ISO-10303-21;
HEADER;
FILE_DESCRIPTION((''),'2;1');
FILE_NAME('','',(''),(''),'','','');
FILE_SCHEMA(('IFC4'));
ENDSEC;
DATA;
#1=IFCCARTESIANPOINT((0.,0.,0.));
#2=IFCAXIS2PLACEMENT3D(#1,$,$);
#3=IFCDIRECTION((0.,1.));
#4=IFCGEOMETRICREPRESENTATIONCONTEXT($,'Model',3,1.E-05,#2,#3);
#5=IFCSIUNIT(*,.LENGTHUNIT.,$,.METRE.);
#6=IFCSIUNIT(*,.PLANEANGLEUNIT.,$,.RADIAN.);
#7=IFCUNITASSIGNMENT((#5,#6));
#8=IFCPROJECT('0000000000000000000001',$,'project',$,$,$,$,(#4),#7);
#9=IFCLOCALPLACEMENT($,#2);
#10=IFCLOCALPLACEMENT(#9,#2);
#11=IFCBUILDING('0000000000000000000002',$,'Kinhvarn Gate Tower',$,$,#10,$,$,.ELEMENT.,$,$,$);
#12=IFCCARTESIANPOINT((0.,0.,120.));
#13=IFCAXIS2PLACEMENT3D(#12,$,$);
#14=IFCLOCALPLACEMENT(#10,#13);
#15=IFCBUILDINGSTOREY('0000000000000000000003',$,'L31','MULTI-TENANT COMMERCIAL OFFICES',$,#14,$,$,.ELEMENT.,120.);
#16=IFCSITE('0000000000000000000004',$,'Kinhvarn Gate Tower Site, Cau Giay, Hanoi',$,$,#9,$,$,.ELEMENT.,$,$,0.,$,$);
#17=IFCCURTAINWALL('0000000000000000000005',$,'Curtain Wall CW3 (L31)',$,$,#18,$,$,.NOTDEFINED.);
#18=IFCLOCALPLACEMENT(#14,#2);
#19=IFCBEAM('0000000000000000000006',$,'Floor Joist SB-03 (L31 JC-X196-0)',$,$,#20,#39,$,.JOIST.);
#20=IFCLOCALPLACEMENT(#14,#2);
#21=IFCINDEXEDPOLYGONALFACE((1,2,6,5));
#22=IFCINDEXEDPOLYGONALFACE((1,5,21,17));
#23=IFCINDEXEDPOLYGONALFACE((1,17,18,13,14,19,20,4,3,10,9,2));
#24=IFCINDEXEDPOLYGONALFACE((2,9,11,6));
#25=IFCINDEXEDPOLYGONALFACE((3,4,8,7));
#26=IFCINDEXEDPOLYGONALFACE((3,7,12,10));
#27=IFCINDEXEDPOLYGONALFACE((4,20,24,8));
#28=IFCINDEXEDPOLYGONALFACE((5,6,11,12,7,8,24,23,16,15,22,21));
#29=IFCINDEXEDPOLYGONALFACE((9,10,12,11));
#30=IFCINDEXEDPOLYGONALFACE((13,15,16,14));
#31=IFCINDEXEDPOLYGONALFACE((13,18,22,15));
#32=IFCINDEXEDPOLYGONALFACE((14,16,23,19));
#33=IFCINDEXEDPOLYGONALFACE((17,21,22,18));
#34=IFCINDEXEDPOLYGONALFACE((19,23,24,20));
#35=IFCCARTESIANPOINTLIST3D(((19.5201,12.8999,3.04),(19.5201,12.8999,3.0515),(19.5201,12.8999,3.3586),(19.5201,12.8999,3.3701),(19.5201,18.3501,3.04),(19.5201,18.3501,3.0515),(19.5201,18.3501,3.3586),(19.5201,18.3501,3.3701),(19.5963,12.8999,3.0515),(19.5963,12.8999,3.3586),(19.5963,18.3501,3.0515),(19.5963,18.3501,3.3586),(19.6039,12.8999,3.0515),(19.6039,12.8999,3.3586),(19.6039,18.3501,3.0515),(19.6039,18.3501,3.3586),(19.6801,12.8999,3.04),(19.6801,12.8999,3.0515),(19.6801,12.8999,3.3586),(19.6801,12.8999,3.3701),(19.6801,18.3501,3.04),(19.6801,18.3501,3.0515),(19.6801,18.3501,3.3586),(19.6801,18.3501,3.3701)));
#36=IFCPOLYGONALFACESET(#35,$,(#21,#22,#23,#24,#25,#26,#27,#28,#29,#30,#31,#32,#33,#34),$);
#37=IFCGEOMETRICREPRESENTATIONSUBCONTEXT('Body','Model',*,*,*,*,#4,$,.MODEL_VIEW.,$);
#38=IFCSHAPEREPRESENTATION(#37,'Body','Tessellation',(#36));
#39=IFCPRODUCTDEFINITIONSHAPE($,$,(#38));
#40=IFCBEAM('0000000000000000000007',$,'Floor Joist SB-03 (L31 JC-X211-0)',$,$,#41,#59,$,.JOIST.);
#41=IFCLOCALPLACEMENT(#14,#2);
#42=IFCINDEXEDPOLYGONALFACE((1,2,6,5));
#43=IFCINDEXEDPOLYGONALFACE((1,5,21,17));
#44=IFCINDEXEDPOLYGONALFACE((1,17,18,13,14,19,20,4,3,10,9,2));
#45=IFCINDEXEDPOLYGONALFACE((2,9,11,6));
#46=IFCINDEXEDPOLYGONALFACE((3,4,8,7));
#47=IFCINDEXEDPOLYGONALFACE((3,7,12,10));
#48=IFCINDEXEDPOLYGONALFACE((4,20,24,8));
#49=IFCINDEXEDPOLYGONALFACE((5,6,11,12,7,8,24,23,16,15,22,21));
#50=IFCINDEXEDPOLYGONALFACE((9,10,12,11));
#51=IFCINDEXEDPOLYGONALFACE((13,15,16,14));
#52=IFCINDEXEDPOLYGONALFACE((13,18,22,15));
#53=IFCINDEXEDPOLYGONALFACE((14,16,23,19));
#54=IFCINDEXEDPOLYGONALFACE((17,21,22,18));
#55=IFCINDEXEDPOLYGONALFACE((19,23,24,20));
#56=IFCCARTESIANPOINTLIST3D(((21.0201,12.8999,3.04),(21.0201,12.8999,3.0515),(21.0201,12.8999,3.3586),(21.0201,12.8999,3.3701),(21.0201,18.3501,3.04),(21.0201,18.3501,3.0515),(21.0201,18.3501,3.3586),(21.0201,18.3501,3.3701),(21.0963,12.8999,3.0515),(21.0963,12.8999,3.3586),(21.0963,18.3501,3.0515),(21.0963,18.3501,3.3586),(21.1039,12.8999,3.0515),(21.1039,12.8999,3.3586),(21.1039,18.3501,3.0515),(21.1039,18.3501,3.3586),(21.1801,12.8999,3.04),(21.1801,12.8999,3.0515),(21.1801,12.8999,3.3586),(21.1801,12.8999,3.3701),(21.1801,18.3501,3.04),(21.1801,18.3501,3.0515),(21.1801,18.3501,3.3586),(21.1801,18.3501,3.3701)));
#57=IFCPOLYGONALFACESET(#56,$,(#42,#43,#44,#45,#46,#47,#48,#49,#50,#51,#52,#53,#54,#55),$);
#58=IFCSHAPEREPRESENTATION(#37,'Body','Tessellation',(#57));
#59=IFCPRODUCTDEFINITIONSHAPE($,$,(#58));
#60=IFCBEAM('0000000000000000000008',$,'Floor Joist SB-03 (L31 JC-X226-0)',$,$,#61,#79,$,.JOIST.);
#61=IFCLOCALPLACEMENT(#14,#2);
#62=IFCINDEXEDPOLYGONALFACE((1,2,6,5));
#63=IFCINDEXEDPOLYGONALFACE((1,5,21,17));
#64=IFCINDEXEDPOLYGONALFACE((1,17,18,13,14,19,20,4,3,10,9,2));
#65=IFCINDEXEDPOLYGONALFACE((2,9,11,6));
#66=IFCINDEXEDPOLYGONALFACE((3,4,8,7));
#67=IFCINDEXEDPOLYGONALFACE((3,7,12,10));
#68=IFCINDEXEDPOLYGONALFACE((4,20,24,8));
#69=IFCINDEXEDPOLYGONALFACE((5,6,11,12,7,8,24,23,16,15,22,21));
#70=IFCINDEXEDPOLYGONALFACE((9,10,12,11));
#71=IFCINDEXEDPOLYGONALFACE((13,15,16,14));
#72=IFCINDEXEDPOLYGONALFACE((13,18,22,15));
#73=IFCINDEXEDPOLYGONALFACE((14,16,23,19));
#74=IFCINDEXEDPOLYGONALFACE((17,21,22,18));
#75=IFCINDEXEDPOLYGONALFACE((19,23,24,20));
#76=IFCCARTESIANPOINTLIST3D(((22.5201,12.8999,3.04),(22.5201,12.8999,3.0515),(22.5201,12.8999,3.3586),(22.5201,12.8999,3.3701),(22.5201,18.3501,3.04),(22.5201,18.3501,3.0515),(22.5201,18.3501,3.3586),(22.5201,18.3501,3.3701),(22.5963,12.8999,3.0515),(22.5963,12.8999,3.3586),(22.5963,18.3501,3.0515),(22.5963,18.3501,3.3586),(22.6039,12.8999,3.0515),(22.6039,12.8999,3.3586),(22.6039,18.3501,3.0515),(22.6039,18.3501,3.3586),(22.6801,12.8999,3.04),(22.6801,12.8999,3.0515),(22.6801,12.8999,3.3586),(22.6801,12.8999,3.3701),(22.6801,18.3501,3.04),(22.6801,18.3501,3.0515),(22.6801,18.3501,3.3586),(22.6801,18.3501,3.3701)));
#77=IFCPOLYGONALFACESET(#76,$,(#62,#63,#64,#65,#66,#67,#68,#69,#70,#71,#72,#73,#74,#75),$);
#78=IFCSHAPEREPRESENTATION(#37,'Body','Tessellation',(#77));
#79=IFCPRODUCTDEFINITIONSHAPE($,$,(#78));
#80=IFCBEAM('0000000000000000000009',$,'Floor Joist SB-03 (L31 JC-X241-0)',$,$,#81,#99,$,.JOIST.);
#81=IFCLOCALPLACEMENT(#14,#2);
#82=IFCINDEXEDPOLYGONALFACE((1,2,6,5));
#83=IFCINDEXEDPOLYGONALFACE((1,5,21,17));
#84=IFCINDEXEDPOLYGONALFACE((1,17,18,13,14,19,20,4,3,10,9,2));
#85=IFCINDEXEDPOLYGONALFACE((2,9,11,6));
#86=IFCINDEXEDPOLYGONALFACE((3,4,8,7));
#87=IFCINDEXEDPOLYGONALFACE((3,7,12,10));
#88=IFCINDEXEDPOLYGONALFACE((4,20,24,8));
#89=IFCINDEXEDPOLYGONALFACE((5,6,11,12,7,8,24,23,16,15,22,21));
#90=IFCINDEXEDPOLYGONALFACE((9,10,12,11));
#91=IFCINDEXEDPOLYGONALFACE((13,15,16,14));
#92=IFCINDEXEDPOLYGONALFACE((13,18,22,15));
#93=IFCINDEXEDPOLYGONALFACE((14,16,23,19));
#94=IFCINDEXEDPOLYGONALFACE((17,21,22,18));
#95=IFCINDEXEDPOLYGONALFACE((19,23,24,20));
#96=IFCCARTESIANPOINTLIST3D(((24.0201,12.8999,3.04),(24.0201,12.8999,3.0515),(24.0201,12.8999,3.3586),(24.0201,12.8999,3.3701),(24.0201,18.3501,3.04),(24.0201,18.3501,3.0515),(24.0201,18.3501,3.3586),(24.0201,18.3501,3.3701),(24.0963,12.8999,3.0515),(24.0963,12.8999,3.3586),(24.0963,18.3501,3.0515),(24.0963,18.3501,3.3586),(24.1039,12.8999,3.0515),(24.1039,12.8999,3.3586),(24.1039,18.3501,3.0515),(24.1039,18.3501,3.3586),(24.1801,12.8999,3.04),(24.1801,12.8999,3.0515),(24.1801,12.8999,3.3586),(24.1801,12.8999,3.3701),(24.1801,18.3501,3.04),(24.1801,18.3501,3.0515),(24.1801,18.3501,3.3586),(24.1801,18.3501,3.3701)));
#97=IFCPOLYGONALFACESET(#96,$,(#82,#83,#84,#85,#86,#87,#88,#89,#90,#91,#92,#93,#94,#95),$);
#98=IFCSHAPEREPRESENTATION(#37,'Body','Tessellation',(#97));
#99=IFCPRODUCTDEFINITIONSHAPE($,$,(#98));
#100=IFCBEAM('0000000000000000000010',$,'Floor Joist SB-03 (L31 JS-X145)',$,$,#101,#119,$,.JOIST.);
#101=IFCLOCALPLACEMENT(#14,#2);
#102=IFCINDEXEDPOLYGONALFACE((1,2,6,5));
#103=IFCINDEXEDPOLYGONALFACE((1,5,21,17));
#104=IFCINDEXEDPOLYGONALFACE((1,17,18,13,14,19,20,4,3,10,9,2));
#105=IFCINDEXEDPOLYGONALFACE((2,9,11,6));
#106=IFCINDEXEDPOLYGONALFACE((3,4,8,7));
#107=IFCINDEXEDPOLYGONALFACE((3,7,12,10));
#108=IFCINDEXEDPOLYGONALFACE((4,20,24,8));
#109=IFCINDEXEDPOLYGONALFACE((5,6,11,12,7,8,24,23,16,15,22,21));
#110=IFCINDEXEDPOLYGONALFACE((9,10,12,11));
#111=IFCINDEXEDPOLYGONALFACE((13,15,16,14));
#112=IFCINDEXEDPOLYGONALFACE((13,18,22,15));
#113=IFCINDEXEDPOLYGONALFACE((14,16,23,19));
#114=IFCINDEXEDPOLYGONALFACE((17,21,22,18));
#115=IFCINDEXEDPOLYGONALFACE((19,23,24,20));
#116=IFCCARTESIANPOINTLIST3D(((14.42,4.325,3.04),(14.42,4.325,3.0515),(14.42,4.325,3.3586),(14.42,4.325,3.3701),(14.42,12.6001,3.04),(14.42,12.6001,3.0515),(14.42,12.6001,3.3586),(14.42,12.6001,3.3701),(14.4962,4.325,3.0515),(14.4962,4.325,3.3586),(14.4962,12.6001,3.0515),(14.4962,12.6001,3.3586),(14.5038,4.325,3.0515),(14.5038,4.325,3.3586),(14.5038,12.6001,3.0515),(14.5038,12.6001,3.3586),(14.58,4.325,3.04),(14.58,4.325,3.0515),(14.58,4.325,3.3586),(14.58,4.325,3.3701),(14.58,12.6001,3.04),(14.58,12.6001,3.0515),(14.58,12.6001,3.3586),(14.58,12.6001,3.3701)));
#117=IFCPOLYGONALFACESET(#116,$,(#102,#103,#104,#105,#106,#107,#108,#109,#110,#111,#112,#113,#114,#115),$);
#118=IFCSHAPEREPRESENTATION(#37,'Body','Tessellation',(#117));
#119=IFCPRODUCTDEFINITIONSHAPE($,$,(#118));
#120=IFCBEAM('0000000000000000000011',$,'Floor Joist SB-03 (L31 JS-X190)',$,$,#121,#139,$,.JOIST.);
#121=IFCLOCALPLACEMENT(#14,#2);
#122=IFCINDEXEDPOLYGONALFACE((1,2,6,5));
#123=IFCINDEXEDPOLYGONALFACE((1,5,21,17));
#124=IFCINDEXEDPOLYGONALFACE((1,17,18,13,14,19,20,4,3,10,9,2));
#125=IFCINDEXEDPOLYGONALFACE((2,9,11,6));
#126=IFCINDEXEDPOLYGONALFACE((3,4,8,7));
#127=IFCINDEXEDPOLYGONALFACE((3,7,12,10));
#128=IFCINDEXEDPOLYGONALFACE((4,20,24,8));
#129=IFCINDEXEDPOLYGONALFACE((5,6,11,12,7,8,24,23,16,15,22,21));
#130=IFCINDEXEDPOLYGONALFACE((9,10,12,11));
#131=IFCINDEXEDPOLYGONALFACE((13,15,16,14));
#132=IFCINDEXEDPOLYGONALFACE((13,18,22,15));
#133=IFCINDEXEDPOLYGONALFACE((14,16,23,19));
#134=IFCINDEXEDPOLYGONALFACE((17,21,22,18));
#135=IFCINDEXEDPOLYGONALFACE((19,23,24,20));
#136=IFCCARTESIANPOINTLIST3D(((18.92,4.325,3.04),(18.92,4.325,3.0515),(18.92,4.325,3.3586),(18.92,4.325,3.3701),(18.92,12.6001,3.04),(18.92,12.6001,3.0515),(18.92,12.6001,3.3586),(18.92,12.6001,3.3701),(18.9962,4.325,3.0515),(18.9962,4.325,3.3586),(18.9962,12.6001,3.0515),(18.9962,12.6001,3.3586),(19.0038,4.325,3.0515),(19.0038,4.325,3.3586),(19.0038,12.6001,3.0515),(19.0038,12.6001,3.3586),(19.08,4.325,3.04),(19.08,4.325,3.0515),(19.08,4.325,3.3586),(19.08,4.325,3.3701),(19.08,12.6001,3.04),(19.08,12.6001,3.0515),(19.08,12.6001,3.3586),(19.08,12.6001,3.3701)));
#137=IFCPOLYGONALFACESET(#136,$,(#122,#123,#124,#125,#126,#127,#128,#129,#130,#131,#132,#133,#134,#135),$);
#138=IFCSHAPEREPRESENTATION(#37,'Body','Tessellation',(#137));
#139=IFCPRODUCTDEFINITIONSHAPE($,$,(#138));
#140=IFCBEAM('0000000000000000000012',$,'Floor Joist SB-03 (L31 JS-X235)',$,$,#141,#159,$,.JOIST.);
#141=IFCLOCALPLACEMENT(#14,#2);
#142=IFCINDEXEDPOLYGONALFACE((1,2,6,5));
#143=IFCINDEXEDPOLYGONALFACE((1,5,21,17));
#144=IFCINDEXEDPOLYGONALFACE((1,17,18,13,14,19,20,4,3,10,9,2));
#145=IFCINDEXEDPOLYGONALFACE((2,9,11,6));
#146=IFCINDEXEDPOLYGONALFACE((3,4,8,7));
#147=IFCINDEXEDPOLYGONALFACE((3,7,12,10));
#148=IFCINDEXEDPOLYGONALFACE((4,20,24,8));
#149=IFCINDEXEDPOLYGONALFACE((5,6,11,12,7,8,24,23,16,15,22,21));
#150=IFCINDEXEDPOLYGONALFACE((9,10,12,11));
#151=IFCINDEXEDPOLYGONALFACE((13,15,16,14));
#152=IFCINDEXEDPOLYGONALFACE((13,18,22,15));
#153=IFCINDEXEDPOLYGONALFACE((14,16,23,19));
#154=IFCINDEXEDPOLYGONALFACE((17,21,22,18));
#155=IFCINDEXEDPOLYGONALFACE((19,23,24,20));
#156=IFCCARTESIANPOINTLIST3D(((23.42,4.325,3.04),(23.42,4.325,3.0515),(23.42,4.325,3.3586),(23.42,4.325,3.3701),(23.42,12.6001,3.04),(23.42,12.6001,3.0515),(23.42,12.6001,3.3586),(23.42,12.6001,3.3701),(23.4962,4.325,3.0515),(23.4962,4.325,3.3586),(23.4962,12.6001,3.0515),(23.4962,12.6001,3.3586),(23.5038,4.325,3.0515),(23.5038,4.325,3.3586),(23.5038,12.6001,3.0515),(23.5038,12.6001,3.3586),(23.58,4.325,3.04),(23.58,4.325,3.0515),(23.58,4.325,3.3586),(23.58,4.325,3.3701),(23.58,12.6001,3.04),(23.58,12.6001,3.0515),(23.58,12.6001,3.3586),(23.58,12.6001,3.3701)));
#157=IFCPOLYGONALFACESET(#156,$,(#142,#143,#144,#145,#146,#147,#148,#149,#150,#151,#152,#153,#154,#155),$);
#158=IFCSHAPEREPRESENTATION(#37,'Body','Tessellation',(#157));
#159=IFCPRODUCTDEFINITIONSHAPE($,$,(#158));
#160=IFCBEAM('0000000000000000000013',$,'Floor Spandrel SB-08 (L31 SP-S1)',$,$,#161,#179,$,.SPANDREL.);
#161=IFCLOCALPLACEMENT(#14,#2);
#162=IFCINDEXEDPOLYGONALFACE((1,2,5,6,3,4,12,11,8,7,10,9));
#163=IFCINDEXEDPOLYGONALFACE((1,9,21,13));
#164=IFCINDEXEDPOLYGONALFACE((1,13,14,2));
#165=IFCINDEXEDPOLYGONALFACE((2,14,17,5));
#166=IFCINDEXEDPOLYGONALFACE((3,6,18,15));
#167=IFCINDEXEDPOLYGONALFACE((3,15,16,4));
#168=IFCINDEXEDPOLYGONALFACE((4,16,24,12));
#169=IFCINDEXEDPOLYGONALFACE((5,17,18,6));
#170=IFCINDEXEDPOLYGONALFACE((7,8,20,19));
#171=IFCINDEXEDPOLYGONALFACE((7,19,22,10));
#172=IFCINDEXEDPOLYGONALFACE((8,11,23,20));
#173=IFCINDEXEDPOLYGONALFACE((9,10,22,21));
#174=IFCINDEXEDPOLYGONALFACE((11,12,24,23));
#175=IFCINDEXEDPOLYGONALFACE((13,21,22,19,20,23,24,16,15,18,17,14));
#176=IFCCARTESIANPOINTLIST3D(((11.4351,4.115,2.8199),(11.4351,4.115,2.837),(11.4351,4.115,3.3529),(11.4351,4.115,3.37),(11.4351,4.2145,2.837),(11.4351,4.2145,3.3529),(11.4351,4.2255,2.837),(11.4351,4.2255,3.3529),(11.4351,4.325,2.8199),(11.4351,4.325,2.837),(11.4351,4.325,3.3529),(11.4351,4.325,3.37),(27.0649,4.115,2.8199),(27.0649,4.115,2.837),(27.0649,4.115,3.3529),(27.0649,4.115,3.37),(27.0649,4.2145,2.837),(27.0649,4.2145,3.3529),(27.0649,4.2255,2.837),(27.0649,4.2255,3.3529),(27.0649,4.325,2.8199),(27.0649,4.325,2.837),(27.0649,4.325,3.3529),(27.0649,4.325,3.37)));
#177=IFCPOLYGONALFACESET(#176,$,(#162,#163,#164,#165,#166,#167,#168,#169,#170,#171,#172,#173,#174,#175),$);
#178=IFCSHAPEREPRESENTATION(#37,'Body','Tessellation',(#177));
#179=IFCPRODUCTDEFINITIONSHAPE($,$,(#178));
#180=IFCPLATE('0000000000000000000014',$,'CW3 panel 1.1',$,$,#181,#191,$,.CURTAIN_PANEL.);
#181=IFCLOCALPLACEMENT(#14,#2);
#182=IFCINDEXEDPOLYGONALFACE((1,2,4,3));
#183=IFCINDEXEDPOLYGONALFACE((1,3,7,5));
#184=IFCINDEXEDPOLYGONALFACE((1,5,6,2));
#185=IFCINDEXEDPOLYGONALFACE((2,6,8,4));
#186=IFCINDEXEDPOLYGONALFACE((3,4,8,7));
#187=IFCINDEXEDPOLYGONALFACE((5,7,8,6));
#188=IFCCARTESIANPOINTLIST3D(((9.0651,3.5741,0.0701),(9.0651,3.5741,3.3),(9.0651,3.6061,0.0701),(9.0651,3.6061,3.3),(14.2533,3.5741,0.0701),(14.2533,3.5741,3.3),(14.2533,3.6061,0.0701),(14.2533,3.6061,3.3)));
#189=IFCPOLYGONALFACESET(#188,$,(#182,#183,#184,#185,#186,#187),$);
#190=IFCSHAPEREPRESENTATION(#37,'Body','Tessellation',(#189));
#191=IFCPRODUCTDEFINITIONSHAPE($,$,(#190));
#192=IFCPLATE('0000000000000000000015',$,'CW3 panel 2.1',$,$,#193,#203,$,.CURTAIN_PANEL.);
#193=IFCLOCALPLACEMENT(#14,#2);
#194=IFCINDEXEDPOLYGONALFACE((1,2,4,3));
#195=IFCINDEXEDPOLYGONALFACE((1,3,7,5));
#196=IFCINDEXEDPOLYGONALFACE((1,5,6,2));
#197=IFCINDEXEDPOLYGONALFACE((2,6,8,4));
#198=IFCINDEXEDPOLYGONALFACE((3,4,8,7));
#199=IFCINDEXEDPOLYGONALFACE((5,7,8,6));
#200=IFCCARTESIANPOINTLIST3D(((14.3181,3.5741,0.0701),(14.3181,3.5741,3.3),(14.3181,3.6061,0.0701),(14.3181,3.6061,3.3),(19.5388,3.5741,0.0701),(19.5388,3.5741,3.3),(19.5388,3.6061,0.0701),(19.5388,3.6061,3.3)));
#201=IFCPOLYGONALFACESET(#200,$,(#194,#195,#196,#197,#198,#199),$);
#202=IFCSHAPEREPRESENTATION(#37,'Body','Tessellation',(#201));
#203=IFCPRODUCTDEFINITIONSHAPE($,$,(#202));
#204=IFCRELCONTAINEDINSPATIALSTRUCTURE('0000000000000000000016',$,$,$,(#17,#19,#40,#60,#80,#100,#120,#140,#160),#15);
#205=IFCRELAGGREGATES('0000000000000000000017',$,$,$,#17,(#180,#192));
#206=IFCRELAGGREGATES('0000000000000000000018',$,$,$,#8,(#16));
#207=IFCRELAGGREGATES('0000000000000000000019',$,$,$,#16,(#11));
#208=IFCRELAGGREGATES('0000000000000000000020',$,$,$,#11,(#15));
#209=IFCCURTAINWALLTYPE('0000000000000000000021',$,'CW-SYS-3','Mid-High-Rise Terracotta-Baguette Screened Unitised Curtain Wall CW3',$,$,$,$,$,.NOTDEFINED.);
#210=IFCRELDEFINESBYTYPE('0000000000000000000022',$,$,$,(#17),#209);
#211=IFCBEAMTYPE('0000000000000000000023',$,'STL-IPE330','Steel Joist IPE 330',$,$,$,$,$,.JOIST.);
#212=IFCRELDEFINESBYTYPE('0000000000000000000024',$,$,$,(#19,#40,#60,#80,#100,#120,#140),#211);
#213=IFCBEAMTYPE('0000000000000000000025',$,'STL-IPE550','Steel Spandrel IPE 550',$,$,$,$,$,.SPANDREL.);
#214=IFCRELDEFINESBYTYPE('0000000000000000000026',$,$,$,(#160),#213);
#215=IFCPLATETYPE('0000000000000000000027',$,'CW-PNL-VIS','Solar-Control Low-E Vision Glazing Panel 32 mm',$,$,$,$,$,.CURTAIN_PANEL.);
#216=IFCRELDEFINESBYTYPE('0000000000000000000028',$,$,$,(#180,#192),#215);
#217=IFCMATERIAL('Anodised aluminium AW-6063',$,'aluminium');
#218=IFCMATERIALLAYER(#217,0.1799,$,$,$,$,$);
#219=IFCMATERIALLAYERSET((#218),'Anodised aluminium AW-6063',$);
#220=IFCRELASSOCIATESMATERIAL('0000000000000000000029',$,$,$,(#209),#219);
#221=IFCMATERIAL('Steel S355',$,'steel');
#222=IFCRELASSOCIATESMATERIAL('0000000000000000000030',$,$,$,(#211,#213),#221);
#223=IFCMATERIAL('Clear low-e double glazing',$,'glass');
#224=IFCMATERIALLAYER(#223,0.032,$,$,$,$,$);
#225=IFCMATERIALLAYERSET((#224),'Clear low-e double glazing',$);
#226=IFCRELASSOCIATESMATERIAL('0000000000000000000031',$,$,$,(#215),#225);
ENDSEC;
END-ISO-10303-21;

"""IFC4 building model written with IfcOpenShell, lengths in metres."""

from ifc_helpers import new_model, si_unit, direction, frame, origin, origin_2d, place, context, subcontext, project, spatial, rectangle, i_section, extrude, material, layer, layer_set, material_profile, profile_set, type_object, element, aggregate, save


model = new_model("IFC4")

# Units and contexts
model_context = context("Model", 3, precision=1e-05, world=origin(), true_north=direction((0.0, 1.0)))
body_context = subcontext(model_context, "Body", "Model", "MODEL_VIEW")
ifc_project = project(units=[si_unit("LENGTHUNIT", "METRE"), si_unit("PLANEANGLEUNIT", "RADIAN")], contexts=[model_context])

# Site, building, storey
site_placement = place(None, origin())
site = spatial("IfcSite", under=ifc_project, at=site_placement, Name="Kinhvarn Gate Tower Site, Cau Giay, Hanoi", CompositionType="ELEMENT", RefElevation=0.0)
building_placement = place(site_placement, origin())
building = spatial("IfcBuilding", under=site, at=building_placement, Name="Kinhvarn Gate Tower", CompositionType="ELEMENT")
storey_placement = place(building_placement, frame((0.0, 0.0, 120.0)))
storey = spatial("IfcBuildingStorey", under=building, at=storey_placement, Name="L31", Description="MULTI-TENANT COMMERCIAL OFFICES", CompositionType="ELEMENT", Elevation=120.0)

# Curtain wall
ifc_material_1 = material(Name="Anodised aluminium AW-6063", Category="aluminium")
ifc_layer_1 = layer(ifc_material_1, 0.1799)
ifc_layer_set_1 = layer_set([ifc_layer_1], Name="Anodised aluminium AW-6063")
curtain_wall_type = type_object("IfcCurtainWallType", Name="CW-SYS-3", Description="Mid-High-Rise Terracotta-Baguette Screened Unitised Curtain Wall CW3", PredefinedType="NOTDEFINED", material=ifc_layer_set_1)
curtain_wall_placement = place(storey_placement, origin())
curtain_wall = element("IfcCurtainWall", 1, at=curtain_wall_placement, inside=storey, type_object=curtain_wall_type, Name="Curtain Wall CW3 (L31)", PredefinedType="NOTDEFINED")

# Beams
ifc_material_2 = material(Name="Steel S355", Category="steel")
ifc_material_profile_1 = material_profile(ifc_material_2, i_section(OverallWidth=0.1599, OverallDepth=0.3301, WebThickness=0.0076, FlangeThickness=0.0115, at=origin_2d()), Name="IPE 330")
ifc_profile_set_1 = profile_set([ifc_material_profile_1], Name="Steel S355")
beam_type_1 = type_object("IfcBeamType", Name="STL-IPE330", Description="Steel Joist IPE 330", PredefinedType="JOIST", material=ifc_profile_set_1)
for number, where, z_axis, x_axis, name in (
    (2, (19.6001, 12.8999, 3.2051), (0.0, 1.0, 0.0), (-1.0, 0.0, 0.0), "Floor Joist SB-03 (L31 JC-X196-0)"),
    (3, (21.1001, 12.8999, 3.2051), (0.0, 1.0, 0.0), (-1.0, 0.0, 0.0), "Floor Joist SB-03 (L31 JC-X211-0)"),
    (4, (22.6001, 12.8999, 3.2051), (0.0, 1.0, 0.0), (-1.0, 0.0, 0.0), "Floor Joist SB-03 (L31 JC-X226-0)"),
    (5, (24.1001, 12.8999, 3.2051), (0.0, 1.0, 0.0), (-1.0, 0.0, 0.0), "Floor Joist SB-03 (L31 JC-X241-0)"),
):
    element("IfcBeam", number, at=place(storey_placement, frame(where, z_axis=z_axis, x_axis=x_axis)), inside=storey, type_object=beam_type_1, Name=name, PredefinedType="JOIST", context=body_context, shape_type="SweptSolid", body=[
        extrude(i_section(OverallWidth=0.1599, OverallDepth=0.3301, WebThickness=0.0076, FlangeThickness=0.0115, at=origin_2d()), origin(), (0.0, 0.0, 1.0), 5.4502),
    ])
for number, where, z_axis, x_axis, name in (
    (6, (14.5, 4.325, 3.2051), (0.0, 1.0, 0.0), (-1.0, 0.0, 0.0), "Floor Joist SB-03 (L31 JS-X145)"),
    (7, (19.0, 4.325, 3.2051), (0.0, 1.0, 0.0), (-1.0, 0.0, 0.0), "Floor Joist SB-03 (L31 JS-X190)"),
    (8, (23.5, 4.325, 3.2051), (0.0, 1.0, 0.0), (-1.0, 0.0, 0.0), "Floor Joist SB-03 (L31 JS-X235)"),
):
    element("IfcBeam", number, at=place(storey_placement, frame(where, z_axis=z_axis, x_axis=x_axis)), inside=storey, type_object=beam_type_1, Name=name, PredefinedType="JOIST", context=body_context, shape_type="SweptSolid", body=[
        extrude(i_section(OverallWidth=0.1599, OverallDepth=0.3301, WebThickness=0.0076, FlangeThickness=0.0115, at=origin_2d()), origin(), (0.0, 0.0, 1.0), 8.2751),
    ])
ifc_material_profile_2 = material_profile(ifc_material_2, i_section(OverallWidth=0.21, OverallDepth=0.55, WebThickness=0.011, FlangeThickness=0.0171, at=origin_2d()), Name="IPE 550")
ifc_profile_set_2 = profile_set([ifc_material_profile_2], Name="Steel S355")
beam_type_2 = type_object("IfcBeamType", Name="STL-IPE550", Description="Steel Spandrel IPE 550", PredefinedType="SPANDREL", material=ifc_profile_set_2)
beam_1_placement = place(storey_placement, frame((11.4351, 4.22, 3.095), z_axis=(1.0, 0.0, 0.0), x_axis=(0.0, 1.0, 0.0)))
element("IfcBeam", 9, at=beam_1_placement, inside=storey, type_object=beam_type_2, Name="Floor Spandrel SB-08 (L31 SP-S1)", PredefinedType="SPANDREL", context=body_context, shape_type="SweptSolid", body=[
    extrude(i_section(OverallWidth=0.21, OverallDepth=0.55, WebThickness=0.011, FlangeThickness=0.0171, at=origin_2d()), origin(), (0.0, 0.0, 1.0), 15.6299),
])

# Plates
ifc_material_3 = material(Name="Clear low-e double glazing", Category="glass")
ifc_layer_2 = layer(ifc_material_3, 0.032)
ifc_layer_set_2 = layer_set([ifc_layer_2], Name="Clear low-e double glazing")
plate_type = type_object("IfcPlateType", Name="CW-PNL-VIS", Description="Solar-Control Low-E Vision Glazing Panel 32 mm", PredefinedType="CURTAIN_PANEL", material=ifc_layer_set_2)
plate_1_placement = place(storey_placement, frame((11.6592, 3.5901, 0.0701), z_axis=(0.0, 0.0, 1.0), x_axis=(1.0, 0.0, 0.0)))
plate_1 = element("IfcPlate", 10, at=plate_1_placement, type_object=plate_type, Name="CW3 panel 1.1", PredefinedType="CURTAIN_PANEL", context=body_context, shape_type="SweptSolid", body=[
    extrude(rectangle(XDim=5.1882, YDim=0.032, at=origin_2d()), origin(), (0.0, 0.0, 1.0), 3.23),
])
plate_2_placement = place(storey_placement, frame((16.9285, 3.5901, 0.0701), z_axis=(0.0, 0.0, 1.0), x_axis=(1.0, 0.0, 0.0)))
plate_2 = element("IfcPlate", 11, at=plate_2_placement, type_object=plate_type, Name="CW3 panel 2.1", PredefinedType="CURTAIN_PANEL", context=body_context, shape_type="SweptSolid", body=[
    extrude(rectangle(XDim=5.2207, YDim=0.032, at=origin_2d()), origin(), (0.0, 0.0, 1.0), 3.23),
])
aggregate(curtain_wall, [plate_1, plate_2])

save(model, "model.ifc")
